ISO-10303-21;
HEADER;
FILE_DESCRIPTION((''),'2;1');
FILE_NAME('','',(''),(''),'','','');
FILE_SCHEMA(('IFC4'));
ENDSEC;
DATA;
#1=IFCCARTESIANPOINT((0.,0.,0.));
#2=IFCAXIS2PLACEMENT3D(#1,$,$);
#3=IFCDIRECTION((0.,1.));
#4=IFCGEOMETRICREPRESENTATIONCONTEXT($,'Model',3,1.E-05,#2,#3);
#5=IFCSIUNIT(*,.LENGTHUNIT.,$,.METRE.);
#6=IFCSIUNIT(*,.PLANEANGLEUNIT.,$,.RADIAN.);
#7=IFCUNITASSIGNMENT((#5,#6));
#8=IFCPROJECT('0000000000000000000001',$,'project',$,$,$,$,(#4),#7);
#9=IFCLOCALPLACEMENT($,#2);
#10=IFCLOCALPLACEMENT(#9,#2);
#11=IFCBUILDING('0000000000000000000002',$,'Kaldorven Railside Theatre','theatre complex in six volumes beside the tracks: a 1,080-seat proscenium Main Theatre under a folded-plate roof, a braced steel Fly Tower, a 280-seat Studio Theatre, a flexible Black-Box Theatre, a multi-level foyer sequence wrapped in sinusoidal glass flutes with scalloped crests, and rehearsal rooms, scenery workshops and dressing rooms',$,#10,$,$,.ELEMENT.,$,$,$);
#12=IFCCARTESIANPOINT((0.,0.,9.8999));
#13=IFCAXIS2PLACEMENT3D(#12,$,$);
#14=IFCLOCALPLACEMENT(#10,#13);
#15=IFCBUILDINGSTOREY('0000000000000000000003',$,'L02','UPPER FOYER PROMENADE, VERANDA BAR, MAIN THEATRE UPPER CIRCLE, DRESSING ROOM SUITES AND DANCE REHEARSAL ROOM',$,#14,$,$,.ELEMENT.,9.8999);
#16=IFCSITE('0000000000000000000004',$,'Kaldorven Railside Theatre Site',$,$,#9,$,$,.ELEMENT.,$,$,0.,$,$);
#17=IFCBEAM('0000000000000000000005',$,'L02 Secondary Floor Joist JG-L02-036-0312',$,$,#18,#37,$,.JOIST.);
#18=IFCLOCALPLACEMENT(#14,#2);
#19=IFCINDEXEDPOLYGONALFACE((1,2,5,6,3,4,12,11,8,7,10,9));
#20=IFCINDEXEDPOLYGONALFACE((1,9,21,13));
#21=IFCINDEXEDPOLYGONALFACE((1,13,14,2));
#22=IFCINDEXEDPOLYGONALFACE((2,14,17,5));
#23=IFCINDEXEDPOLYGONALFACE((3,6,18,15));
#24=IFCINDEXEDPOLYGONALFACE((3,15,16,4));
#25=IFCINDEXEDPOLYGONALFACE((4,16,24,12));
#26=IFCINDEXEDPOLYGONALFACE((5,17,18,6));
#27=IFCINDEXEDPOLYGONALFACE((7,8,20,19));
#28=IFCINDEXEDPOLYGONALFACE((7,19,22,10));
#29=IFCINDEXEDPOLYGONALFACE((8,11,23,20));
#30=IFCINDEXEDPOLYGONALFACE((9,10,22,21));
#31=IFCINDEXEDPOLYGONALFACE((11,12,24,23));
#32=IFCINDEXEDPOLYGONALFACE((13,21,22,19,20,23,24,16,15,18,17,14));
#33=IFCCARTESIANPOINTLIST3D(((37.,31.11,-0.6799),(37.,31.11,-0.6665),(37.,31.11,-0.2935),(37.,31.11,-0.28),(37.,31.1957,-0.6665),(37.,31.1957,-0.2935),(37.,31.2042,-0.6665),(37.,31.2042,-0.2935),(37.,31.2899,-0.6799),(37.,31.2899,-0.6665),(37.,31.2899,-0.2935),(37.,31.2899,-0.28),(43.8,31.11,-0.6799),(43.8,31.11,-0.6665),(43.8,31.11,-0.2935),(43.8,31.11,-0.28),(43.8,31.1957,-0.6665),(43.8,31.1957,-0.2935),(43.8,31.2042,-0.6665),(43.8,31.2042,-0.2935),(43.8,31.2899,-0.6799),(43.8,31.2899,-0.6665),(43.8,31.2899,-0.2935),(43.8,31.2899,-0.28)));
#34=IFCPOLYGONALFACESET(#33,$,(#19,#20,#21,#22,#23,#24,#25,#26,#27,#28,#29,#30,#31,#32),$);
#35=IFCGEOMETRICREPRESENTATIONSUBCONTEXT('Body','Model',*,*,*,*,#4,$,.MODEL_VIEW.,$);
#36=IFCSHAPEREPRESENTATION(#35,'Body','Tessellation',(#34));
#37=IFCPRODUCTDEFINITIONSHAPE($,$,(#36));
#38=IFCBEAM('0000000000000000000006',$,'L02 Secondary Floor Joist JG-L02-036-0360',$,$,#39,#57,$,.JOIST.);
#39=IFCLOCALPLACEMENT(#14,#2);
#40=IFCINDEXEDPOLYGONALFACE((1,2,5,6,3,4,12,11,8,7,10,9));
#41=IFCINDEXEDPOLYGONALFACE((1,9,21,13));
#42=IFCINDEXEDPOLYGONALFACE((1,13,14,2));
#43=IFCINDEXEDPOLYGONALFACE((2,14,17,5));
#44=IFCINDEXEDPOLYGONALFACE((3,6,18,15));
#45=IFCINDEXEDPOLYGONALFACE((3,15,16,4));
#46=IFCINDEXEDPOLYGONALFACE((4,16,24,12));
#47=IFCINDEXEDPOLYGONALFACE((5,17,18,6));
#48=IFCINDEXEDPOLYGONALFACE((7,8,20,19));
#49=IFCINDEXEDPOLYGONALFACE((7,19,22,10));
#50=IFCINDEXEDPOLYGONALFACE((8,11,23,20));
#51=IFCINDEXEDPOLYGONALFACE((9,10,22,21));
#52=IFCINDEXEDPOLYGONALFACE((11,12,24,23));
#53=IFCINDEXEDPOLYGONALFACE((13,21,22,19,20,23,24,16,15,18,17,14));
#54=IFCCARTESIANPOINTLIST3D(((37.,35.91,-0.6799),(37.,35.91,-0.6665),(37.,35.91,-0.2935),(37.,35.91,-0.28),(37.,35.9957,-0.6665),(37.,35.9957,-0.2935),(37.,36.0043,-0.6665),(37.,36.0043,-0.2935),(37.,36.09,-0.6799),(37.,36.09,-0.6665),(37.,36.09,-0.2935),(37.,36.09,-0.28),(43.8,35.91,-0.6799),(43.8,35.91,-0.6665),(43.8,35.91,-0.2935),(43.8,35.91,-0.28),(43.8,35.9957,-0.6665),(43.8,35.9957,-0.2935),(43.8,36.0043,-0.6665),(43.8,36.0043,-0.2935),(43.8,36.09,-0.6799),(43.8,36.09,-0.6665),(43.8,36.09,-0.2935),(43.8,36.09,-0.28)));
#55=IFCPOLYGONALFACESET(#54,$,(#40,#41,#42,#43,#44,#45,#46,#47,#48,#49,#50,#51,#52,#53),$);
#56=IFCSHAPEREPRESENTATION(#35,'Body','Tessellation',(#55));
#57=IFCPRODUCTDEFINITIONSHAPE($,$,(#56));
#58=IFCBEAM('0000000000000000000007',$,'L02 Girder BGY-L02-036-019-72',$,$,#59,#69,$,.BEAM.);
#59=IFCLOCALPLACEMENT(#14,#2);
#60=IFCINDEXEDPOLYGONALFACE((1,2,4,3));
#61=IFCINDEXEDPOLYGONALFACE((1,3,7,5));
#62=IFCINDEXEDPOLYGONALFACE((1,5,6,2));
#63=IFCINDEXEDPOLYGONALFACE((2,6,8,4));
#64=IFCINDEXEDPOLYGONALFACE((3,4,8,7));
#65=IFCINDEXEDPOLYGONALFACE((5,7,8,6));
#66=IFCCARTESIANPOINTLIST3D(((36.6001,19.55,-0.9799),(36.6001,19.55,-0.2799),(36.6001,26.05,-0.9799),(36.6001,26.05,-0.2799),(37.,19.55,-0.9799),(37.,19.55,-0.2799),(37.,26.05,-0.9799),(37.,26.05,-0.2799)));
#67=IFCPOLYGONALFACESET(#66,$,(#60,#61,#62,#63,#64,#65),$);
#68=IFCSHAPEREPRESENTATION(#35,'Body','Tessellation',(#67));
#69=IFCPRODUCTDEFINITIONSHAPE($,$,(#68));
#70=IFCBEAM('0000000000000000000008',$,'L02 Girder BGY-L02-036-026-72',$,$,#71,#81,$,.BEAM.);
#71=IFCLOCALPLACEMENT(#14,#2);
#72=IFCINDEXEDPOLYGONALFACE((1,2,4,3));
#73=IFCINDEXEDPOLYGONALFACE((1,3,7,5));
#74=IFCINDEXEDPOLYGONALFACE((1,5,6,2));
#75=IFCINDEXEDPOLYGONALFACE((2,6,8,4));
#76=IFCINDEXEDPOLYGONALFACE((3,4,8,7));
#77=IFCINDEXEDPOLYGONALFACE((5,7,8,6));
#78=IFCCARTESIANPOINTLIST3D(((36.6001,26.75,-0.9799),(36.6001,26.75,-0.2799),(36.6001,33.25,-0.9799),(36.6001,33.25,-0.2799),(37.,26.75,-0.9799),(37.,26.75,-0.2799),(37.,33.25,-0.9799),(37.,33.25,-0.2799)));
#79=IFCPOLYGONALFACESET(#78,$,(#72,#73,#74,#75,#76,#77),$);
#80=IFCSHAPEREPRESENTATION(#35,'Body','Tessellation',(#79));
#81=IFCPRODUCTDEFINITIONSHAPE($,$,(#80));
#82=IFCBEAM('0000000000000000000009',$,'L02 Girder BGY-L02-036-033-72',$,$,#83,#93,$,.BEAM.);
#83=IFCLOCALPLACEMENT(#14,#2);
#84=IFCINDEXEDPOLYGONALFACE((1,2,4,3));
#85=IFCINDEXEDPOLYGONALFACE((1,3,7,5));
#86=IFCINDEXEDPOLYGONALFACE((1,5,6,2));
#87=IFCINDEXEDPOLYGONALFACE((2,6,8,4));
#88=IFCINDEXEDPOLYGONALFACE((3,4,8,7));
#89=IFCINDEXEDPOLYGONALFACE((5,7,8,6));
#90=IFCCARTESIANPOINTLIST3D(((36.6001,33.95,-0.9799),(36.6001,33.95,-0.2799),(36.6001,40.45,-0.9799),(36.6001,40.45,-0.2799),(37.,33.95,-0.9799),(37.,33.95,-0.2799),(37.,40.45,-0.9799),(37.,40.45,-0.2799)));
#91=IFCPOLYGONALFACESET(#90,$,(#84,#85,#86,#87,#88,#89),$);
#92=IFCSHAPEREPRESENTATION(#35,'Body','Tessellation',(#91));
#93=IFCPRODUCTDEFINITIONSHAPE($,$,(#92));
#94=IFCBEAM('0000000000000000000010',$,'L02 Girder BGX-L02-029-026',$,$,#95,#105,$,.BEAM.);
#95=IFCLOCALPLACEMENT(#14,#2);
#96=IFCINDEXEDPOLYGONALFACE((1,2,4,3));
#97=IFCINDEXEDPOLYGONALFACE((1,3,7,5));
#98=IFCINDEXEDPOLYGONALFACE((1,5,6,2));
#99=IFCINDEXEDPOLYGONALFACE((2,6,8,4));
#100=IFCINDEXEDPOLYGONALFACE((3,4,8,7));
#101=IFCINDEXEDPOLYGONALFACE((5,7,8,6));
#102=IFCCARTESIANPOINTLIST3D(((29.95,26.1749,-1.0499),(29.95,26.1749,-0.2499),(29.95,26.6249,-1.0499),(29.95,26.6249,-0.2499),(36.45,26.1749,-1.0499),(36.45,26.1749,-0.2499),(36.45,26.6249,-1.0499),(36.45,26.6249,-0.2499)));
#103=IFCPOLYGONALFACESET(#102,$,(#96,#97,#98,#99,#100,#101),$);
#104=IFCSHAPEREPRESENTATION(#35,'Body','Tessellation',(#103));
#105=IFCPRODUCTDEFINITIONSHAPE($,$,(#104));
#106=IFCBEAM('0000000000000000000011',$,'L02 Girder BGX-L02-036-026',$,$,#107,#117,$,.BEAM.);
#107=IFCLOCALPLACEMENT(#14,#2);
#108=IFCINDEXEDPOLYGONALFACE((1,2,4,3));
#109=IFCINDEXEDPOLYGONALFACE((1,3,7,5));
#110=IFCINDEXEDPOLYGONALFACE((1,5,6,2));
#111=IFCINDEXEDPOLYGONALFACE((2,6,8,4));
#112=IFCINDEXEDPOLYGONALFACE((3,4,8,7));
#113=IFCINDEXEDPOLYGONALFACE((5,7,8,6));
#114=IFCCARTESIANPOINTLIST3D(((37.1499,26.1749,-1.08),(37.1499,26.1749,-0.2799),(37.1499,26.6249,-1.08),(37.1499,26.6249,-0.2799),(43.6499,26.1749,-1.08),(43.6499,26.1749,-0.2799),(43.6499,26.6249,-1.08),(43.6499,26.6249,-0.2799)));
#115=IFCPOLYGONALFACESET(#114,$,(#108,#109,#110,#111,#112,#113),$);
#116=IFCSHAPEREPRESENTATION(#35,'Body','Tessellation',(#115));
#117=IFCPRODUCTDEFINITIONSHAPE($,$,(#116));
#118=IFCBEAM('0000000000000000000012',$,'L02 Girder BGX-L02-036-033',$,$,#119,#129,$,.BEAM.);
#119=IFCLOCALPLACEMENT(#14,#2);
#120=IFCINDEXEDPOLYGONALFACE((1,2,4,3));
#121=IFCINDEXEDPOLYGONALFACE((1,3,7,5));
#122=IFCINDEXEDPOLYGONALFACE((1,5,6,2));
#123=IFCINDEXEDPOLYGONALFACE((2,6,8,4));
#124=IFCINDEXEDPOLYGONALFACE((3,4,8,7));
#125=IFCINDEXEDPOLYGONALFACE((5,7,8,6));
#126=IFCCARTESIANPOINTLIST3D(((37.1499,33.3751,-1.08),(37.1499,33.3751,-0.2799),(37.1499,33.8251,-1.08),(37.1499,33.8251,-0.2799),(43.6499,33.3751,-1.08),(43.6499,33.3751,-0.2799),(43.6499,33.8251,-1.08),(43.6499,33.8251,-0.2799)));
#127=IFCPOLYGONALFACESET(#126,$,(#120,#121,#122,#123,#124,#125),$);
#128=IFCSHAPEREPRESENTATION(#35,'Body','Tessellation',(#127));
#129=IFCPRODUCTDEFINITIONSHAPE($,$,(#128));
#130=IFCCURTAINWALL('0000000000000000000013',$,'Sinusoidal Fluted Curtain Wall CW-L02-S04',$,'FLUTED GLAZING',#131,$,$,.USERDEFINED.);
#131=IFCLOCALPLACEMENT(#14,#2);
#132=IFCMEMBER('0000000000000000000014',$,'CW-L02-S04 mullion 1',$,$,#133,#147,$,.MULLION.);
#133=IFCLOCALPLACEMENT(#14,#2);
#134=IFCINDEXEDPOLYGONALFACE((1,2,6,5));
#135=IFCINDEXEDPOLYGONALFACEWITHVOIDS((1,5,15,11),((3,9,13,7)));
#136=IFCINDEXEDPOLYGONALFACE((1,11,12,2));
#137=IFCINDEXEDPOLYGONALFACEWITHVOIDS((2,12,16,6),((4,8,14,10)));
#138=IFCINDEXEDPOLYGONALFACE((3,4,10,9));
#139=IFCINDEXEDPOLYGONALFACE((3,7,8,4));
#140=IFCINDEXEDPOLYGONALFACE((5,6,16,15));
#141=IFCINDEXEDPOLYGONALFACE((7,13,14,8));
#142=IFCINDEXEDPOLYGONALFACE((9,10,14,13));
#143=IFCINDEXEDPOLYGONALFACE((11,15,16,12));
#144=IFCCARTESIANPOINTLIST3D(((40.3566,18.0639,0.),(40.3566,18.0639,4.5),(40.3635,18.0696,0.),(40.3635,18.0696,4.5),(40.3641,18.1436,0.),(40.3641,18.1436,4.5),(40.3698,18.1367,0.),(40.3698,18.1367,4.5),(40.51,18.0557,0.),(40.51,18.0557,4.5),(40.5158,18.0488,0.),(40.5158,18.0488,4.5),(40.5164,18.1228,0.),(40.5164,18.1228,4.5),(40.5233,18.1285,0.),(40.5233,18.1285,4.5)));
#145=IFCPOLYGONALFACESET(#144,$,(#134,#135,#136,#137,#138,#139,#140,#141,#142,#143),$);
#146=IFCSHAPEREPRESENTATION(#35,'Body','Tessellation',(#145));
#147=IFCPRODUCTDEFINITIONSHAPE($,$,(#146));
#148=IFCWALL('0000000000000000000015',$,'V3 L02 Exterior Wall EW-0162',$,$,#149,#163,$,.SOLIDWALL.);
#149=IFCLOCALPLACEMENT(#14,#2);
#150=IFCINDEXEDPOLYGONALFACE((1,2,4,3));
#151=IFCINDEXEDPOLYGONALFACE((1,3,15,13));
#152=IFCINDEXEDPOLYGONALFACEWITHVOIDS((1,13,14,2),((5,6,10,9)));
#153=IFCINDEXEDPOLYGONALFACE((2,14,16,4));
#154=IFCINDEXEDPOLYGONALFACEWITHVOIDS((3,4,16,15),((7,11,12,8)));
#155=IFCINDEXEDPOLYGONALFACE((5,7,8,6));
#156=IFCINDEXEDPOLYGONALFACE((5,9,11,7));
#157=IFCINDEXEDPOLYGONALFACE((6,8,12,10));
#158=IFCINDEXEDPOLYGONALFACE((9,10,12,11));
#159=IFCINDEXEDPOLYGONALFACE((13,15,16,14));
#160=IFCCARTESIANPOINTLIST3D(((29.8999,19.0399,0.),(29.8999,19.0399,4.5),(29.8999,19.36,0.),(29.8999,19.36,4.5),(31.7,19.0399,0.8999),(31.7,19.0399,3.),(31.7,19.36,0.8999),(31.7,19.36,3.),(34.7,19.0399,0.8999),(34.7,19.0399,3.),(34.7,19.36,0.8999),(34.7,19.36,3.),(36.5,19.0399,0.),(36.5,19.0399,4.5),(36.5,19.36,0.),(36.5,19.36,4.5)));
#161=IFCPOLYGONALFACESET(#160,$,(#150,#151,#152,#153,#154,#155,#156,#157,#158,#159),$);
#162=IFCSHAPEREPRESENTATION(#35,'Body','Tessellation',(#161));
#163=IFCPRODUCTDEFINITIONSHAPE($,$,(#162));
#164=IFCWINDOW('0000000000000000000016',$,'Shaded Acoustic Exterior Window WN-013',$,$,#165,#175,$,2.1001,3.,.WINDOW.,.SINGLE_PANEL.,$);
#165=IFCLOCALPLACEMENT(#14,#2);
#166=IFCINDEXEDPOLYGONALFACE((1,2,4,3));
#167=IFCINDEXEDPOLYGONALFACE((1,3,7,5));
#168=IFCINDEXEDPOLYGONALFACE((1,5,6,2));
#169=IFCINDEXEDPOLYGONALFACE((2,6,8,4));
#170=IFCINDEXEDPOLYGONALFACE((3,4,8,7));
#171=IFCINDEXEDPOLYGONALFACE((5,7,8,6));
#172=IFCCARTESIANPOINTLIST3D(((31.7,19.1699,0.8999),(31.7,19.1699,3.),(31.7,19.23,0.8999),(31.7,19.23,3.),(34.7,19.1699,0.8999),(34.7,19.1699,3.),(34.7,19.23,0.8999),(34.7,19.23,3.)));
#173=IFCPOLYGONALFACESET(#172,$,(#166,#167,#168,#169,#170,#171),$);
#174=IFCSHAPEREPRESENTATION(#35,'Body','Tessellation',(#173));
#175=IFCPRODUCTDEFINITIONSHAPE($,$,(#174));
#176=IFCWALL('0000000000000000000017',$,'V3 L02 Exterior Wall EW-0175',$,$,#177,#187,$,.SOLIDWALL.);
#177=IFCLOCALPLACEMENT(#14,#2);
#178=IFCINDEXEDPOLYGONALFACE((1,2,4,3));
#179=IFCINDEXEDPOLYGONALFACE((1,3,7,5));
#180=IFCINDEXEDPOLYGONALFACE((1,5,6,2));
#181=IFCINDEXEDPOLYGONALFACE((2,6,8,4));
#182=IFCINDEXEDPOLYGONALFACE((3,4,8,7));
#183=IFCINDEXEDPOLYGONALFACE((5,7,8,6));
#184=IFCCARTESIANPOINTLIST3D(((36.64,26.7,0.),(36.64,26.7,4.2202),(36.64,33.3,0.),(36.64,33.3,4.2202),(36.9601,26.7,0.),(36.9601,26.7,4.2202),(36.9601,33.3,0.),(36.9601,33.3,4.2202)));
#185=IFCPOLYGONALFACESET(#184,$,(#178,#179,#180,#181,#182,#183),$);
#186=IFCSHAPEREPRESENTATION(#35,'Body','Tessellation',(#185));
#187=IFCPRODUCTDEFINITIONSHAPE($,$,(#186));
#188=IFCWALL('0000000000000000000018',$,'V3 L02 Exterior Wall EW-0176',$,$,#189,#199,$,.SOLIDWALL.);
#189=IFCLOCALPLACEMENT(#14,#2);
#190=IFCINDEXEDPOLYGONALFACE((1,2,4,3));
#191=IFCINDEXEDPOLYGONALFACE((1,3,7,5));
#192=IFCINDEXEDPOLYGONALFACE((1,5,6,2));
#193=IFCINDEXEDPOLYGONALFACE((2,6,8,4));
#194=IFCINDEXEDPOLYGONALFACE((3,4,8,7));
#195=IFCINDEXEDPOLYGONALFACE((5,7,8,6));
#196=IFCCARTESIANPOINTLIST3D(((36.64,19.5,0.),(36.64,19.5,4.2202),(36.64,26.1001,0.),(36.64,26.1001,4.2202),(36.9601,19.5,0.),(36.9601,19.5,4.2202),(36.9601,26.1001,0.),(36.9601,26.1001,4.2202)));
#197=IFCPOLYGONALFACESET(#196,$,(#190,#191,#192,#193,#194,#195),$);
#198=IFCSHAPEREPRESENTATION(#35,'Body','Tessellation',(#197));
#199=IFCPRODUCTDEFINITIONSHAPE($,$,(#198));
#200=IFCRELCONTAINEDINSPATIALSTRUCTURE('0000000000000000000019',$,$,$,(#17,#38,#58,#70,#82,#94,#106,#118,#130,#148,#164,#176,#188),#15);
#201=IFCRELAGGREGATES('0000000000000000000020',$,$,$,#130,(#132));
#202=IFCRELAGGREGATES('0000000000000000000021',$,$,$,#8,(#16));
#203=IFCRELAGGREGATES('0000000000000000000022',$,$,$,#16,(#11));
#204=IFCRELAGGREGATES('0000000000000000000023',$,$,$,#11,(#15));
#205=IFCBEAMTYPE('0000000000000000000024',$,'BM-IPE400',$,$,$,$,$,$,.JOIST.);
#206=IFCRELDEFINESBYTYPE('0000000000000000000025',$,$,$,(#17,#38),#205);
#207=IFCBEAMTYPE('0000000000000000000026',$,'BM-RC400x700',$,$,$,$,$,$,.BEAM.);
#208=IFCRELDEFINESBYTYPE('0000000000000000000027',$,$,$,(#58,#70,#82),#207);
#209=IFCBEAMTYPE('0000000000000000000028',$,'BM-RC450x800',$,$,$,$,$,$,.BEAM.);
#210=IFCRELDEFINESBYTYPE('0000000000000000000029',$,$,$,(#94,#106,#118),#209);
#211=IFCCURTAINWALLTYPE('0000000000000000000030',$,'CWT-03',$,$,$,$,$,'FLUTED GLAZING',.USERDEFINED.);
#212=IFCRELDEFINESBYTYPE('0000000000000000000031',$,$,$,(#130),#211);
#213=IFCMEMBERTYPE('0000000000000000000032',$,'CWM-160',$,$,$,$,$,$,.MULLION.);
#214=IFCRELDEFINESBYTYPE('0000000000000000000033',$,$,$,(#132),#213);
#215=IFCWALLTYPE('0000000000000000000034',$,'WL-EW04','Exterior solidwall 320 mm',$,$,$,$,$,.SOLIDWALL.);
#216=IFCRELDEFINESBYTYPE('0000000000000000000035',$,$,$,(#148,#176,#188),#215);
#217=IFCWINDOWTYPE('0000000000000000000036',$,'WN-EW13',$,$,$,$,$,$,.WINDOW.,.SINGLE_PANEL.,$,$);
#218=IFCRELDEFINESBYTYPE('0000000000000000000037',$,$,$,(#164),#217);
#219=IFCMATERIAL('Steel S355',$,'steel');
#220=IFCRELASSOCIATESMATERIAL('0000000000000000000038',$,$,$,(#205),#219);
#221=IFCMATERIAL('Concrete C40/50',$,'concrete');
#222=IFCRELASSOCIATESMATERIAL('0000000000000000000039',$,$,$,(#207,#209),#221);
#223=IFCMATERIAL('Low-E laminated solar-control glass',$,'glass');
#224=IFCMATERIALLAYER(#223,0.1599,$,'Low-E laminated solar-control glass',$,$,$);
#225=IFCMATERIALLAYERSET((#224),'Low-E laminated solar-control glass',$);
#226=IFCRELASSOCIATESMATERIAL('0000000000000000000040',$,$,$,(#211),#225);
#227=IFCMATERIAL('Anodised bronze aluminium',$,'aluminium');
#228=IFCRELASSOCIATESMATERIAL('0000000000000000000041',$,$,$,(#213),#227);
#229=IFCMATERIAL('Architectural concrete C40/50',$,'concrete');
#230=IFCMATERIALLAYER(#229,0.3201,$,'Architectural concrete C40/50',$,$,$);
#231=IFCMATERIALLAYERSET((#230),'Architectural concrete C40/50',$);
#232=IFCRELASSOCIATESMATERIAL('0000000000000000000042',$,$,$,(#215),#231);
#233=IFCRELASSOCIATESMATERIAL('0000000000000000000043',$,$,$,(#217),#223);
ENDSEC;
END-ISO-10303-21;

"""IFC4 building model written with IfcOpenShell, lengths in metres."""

from ifc_helpers import new_model, si_unit, direction, frame, frame_2d, origin, origin_2d, place, context, subcontext, project, spatial, rectangle, hollow_rectangle, i_section, extrude, material, layer, layer_set, material_profile, profile_set, type_object, element, fill, aggregate, save


model = new_model("IFC4")

# Units and contexts
model_context = context("Model", 3, precision=1e-05, world=origin(), true_north=direction((0.0, 1.0)))
body_context = subcontext(model_context, "Body", "Model", "MODEL_VIEW")
ifc_project = project(units=[si_unit("LENGTHUNIT", "METRE"), si_unit("PLANEANGLEUNIT", "RADIAN")], contexts=[model_context])

# Site, building, storey
site_placement = place(None, origin())
site = spatial("IfcSite", under=ifc_project, at=site_placement, Name="Kaldorven Railside Theatre Site", CompositionType="ELEMENT", RefElevation=0.0)
building_placement = place(site_placement, origin())
building = spatial("IfcBuilding", under=site, at=building_placement, Name="Kaldorven Railside Theatre", Description="theatre complex in six volumes beside the tracks: a 1,080-seat proscenium Main Theatre under a folded-plate roof, a braced steel Fly Tower, a 280-seat Studio Theatre, a flexible Black-Box Theatre, a multi-level foyer sequence wrapped in sinusoidal glass flutes with scalloped crests, and rehearsal rooms, scenery workshops and dressing rooms", CompositionType="ELEMENT")
storey_placement = place(building_placement, frame((0.0, 0.0, 9.8999)))
storey = spatial("IfcBuildingStorey", under=building, at=storey_placement, Name="L02", Description="UPPER FOYER PROMENADE, VERANDA BAR, MAIN THEATRE UPPER CIRCLE, DRESSING ROOM SUITES AND DANCE REHEARSAL ROOM", CompositionType="ELEMENT", Elevation=9.8999)

# Shared definitions
ifc_material_1 = material(Name="Concrete C40/50", Category="concrete")

# Beams
ifc_material_2 = material(Name="Steel S355", Category="steel")
ifc_material_profile_1 = material_profile(ifc_material_2, i_section(OverallWidth=0.1799, OverallDepth=0.3999, WebThickness=0.0085, FlangeThickness=0.0134, at=origin_2d()), Name="IPE 400")
ifc_profile_set_1 = profile_set([ifc_material_profile_1], Name="Steel S355")
beam_type_1 = type_object("IfcBeamType", Name="BM-IPE400", PredefinedType="JOIST", material=ifc_profile_set_1)
for number, where, z_axis, x_axis, name in (
    (1, (37.0, 31.2, -0.48), (1.0, 0.0, 0.0), (0.0, 1.0, 0.0), "L02 Secondary Floor Joist JG-L02-036-0312"),
    (2, (37.0, 36.0, -0.48), (1.0, 0.0, 0.0), (0.0, 1.0, 0.0), "L02 Secondary Floor Joist JG-L02-036-0360"),
):
    element("IfcBeam", number, at=place(storey_placement, frame(where, z_axis=z_axis, x_axis=x_axis)), inside=storey, type_object=beam_type_1, Name=name, PredefinedType="JOIST", context=body_context, shape_type="SweptSolid", body=[
        extrude(i_section(OverallWidth=0.1799, OverallDepth=0.3999, WebThickness=0.0085, FlangeThickness=0.0134, at=origin_2d()), origin(), (0.0, 0.0, 1.0), 6.8),
    ])
ifc_material_profile_2 = material_profile(ifc_material_1, rectangle(XDim=0.3999, YDim=0.7, at=origin_2d()), Name="RC 400x700")
ifc_profile_set_2 = profile_set([ifc_material_profile_2], Name="Concrete C40/50")
beam_type_2 = type_object("IfcBeamType", Name="BM-RC400x700", PredefinedType="BEAM", material=ifc_profile_set_2)
for number, where, z_axis, x_axis, name in (
    (3, (36.8, 19.55, -0.6299), (0.0, 1.0, 0.0), (-1.0, 0.0, 0.0), "L02 Girder BGY-L02-036-019-72"),
    (4, (36.8, 26.75, -0.6299), (0.0, 1.0, 0.0), (-1.0, 0.0, 0.0), "L02 Girder BGY-L02-036-026-72"),
    (5, (36.8, 33.95, -0.6299), (0.0, 1.0, 0.0), (-1.0, 0.0, 0.0), "L02 Girder BGY-L02-036-033-72"),
):
    element("IfcBeam", number, at=place(storey_placement, frame(where, z_axis=z_axis, x_axis=x_axis)), inside=storey, type_object=beam_type_2, Name=name, PredefinedType="BEAM", context=body_context, shape_type="SweptSolid", body=[
        extrude(rectangle(XDim=0.3999, YDim=0.7, at=origin_2d()), origin(), (0.0, 0.0, 1.0), 6.5),
    ])
ifc_material_profile_3 = material_profile(ifc_material_1, rectangle(XDim=0.45, YDim=0.8, at=origin_2d()), Name="RC 450x800")
ifc_profile_set_3 = profile_set([ifc_material_profile_3], Name="Concrete C40/50")
beam_type_3 = type_object("IfcBeamType", Name="BM-RC450x800", PredefinedType="BEAM", material=ifc_profile_set_3)
for number, where, z_axis, x_axis, name in (
    (6, (29.95, 26.3999, -0.6499), (1.0, 0.0, 0.0), (0.0, 1.0, 0.0), "L02 Girder BGX-L02-029-026"),
    (7, (37.1499, 26.3999, -0.6799), (1.0, 0.0, 0.0), (0.0, 1.0, 0.0), "L02 Girder BGX-L02-036-026"),
    (8, (37.1499, 33.6001, -0.6799), (1.0, 0.0, 0.0), (0.0, 1.0, 0.0), "L02 Girder BGX-L02-036-033"),
):
    element("IfcBeam", number, at=place(storey_placement, frame(where, z_axis=z_axis, x_axis=x_axis)), inside=storey, type_object=beam_type_3, Name=name, PredefinedType="BEAM", context=body_context, shape_type="SweptSolid", body=[
        extrude(rectangle(XDim=0.45, YDim=0.8, at=origin_2d()), origin(), (0.0, 0.0, 1.0), 6.5),
    ])

# Curtain wall, member
ifc_material_3 = material(Name="Low-E laminated solar-control glass", Category="glass")
ifc_layer_1 = layer(ifc_material_3, 0.1599, Name="Low-E laminated solar-control glass")
ifc_layer_set_1 = layer_set([ifc_layer_1], Name="Low-E laminated solar-control glass")
curtain_wall_type = type_object("IfcCurtainWallType", Name="CWT-03", ElementType="FLUTED GLAZING", PredefinedType="USERDEFINED", material=ifc_layer_set_1)
curtain_wall_placement = place(storey_placement, origin())
curtain_wall = element("IfcCurtainWall", 9, at=curtain_wall_placement, inside=storey, type_object=curtain_wall_type, Name="Sinusoidal Fluted Curtain Wall CW-L02-S04", ObjectType="FLUTED GLAZING", PredefinedType="USERDEFINED")
ifc_material_4 = material(Name="Anodised bronze aluminium", Category="aluminium")
ifc_material_profile_4 = material_profile(ifc_material_4, hollow_rectangle(XDim=0.0801, YDim=0.1599, WallThickness=0.0063, at=origin_2d()), Name="RHS 160x80x6.3")
ifc_profile_set_4 = profile_set([ifc_material_profile_4], Name="Anodised bronze aluminium")
member_type = type_object("IfcMemberType", Name="CWM-160", PredefinedType="MULLION", material=ifc_profile_set_4)
member_placement = place(storey_placement, frame((40.4399, 18.0962, 0.0), z_axis=(0.0, 0.0, 1.0), x_axis=(0.094492, 0.995526, 0.0)))
member = element("IfcMember", 10, at=member_placement, type_object=member_type, Name="CW-L02-S04 mullion 1", PredefinedType="MULLION", context=body_context, shape_type="SweptSolid", body=[
    extrude(hollow_rectangle(XDim=0.0801, YDim=0.1599, WallThickness=0.0063, at=origin_2d()), origin(), (0.0, 0.0, 1.0), 4.5),
])
aggregate(curtain_wall, [member])

# Wall, opening, window
ifc_material_5 = material(Name="Architectural concrete C40/50", Category="concrete")
ifc_layer_2 = layer(ifc_material_5, 0.3201, Name="Architectural concrete C40/50")
ifc_layer_set_2 = layer_set([ifc_layer_2], Name="Architectural concrete C40/50")
wall_type_1 = type_object("IfcWallType", Name="WL-EW04", Description="Exterior solidwall 320 mm", PredefinedType="SOLIDWALL", material=ifc_layer_set_2)
wall_1_placement = place(storey_placement, frame((36.5, 19.2, 0.0), z_axis=(0.0, 0.0, 1.0), x_axis=(-1.0, 0.0, 0.0)))
wall_1 = element("IfcWall", 11, at=wall_1_placement, inside=storey, type_object=wall_type_1, Name="V3 L02 Exterior Wall EW-0162", PredefinedType="SOLIDWALL", context=body_context, shape_type="SweptSolid", body=[
    extrude(rectangle(XDim=6.6001, YDim=0.3201, at=frame_2d((3.3, 0.0))), origin(), (0.0, 0.0, 1.0), 4.5),
])
opening_placement = place(wall_1_placement, frame((1.8, 0.0, 0.8999)))
opening = element("IfcOpeningElement", 12, at=opening_placement, cuts=wall_1, PredefinedType="OPENING", context=body_context, shape_type="SweptSolid", body=[
    extrude(rectangle(XDim=3.0, YDim=2.1001, at=frame_2d((1.5, 1.05))), frame((0.0, 0.1699, 0.0), z_axis=(0.0, -1.0, 0.0), x_axis=(1.0, 0.0, 0.0)), (0.0, 0.0, 1.0), 0.3401),
])
window_type = type_object("IfcWindowType", Name="WN-EW13", PartitioningType="SINGLE_PANEL", PredefinedType="WINDOW", material=ifc_material_3)
window_placement = place(opening_placement, origin())
window = element("IfcWindow", 13, at=window_placement, inside=storey, type_object=window_type, Name="Shaded Acoustic Exterior Window WN-013", OverallHeight=2.1001, OverallWidth=3.0, PartitioningType="SINGLE_PANEL", PredefinedType="WINDOW", context=body_context, shape_type="SweptSolid", body=[
    extrude(rectangle(XDim=3.0, YDim=2.1001, at=frame_2d((1.5, 1.05))), frame((0.0, 0.03, 0.0), z_axis=(0.0, -1.0, 0.0), x_axis=(1.0, 0.0, 0.0)), (0.0, 0.0, 1.0), 0.0601),
])
fill(opening, window)

# Walls
for number, where, z_axis, x_axis, name in (
    (14, (36.8, 33.3, 0.0), (0.0, 0.0, 1.0), (0.0, -1.0, 0.0), "V3 L02 Exterior Wall EW-0175"),
    (15, (36.8, 26.1001, 0.0), (0.0, 0.0, 1.0), (0.0, -1.0, 0.0), "V3 L02 Exterior Wall EW-0176"),
):
    element("IfcWall", number, at=place(storey_placement, frame(where, z_axis=z_axis, x_axis=x_axis)), inside=storey, type_object=wall_type_1, Name=name, PredefinedType="SOLIDWALL", context=body_context, shape_type="SweptSolid", body=[
        extrude(rectangle(XDim=6.6001, YDim=0.3201, at=frame_2d((3.3, 0.0))), origin(), (0.0, 0.0, 1.0), 4.2202),
    ])

save(model, "model.ifc")
